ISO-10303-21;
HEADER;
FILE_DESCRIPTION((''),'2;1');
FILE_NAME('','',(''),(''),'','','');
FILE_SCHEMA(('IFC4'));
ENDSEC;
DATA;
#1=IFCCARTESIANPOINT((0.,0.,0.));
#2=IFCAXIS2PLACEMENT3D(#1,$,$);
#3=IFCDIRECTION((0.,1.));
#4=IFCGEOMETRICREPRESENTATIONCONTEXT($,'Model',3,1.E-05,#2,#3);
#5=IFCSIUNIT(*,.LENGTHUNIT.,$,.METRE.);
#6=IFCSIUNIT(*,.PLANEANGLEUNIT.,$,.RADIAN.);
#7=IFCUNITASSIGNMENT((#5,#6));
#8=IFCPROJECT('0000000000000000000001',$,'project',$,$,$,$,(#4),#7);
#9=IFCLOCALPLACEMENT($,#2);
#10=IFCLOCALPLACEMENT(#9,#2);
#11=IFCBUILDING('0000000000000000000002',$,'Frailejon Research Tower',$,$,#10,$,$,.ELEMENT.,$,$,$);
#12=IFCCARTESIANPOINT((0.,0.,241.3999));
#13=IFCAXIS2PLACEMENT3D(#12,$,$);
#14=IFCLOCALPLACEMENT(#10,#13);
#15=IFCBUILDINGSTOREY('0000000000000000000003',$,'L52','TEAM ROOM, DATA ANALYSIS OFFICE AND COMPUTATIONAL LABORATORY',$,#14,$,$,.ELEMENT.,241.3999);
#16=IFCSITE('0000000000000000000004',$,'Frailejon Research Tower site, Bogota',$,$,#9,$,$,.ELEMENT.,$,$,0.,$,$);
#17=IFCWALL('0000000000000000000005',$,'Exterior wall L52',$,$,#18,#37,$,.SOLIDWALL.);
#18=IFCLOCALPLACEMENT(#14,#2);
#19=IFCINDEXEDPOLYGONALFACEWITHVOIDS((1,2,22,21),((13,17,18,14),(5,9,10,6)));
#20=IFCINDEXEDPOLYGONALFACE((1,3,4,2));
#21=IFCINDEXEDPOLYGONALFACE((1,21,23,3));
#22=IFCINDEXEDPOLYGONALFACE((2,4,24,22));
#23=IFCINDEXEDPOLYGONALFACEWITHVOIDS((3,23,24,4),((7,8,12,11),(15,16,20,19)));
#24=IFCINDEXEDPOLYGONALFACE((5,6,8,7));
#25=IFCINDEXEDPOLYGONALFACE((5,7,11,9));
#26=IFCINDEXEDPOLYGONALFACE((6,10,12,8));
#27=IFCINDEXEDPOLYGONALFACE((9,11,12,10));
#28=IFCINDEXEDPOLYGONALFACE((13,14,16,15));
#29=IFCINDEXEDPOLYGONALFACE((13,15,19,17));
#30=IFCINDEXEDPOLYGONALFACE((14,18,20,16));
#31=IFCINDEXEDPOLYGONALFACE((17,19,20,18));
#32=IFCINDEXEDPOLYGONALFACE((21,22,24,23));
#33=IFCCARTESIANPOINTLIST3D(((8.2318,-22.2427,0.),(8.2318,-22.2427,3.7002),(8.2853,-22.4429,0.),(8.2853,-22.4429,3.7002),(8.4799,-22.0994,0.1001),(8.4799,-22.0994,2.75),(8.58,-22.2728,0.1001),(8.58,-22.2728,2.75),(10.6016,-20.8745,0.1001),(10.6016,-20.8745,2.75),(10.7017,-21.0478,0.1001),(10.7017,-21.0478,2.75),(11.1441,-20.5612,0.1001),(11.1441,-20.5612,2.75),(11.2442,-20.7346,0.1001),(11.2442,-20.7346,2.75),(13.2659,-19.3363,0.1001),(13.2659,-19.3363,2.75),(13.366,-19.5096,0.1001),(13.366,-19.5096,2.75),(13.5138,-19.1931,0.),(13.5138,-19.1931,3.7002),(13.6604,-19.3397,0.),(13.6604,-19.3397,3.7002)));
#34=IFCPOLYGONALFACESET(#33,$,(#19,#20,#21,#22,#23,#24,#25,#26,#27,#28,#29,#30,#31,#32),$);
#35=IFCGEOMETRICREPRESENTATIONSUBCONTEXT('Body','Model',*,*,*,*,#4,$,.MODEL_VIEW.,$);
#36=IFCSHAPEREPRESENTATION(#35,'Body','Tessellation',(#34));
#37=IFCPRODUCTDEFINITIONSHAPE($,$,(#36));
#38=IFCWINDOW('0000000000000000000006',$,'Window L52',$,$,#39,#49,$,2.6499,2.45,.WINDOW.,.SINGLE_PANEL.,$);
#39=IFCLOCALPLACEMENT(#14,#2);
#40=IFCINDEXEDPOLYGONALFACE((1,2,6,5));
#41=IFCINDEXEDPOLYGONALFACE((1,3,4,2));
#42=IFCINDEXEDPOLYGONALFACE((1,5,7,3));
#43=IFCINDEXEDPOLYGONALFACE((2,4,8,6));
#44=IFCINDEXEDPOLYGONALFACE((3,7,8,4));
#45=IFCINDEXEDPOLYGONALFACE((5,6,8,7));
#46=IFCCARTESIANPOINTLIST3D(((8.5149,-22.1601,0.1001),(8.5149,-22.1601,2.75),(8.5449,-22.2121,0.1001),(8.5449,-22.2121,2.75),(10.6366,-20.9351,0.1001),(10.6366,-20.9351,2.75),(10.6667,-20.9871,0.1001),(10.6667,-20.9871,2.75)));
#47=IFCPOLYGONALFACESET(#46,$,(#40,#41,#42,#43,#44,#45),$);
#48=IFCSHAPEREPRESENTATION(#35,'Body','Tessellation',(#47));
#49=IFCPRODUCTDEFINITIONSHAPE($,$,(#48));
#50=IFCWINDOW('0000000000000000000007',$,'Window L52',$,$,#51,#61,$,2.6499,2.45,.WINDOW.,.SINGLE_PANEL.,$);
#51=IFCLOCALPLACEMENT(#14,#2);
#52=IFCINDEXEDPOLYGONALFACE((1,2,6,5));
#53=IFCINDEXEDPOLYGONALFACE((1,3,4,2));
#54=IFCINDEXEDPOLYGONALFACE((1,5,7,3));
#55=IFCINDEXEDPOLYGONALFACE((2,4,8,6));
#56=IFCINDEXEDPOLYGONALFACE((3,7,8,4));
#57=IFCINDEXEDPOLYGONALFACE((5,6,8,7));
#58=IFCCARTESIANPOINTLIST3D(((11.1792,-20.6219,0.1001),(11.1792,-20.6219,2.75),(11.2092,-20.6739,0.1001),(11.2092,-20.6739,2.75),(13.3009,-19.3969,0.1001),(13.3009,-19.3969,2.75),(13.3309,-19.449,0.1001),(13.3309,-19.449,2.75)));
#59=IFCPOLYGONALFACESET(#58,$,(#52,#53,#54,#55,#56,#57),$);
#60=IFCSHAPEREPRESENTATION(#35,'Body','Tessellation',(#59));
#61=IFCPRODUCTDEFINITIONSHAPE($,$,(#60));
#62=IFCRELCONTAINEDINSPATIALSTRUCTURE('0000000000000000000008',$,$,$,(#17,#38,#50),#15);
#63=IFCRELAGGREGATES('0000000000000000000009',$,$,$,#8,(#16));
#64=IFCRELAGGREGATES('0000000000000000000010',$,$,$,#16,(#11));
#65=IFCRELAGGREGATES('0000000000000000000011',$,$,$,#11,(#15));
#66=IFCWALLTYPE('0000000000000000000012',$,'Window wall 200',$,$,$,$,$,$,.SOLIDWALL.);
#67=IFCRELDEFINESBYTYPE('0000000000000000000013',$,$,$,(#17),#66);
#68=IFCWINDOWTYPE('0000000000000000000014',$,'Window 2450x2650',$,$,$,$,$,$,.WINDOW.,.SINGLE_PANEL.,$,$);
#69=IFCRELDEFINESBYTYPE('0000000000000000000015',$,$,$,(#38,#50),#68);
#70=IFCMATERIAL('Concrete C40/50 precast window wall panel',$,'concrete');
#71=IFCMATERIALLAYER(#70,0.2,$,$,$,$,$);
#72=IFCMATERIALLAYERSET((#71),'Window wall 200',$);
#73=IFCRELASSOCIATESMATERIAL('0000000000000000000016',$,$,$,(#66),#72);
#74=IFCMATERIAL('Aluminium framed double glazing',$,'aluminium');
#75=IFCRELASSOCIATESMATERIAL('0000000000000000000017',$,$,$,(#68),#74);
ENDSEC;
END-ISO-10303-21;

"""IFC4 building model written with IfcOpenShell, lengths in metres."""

from ifc_helpers import new_model, si_unit, direction, frame, frame_2d, origin, place, context, subcontext, project, spatial, polyline, rectangle, outline, extrude, material, layer, layer_set, type_object, element, fill, save


model = new_model("IFC4")

# Units and contexts
model_context = context("Model", 3, precision=1e-05, world=origin(), true_north=direction((0.0, 1.0)))
body_context = subcontext(model_context, "Body", "Model", "MODEL_VIEW")
ifc_project = project(units=[si_unit("LENGTHUNIT", "METRE"), si_unit("PLANEANGLEUNIT", "RADIAN")], contexts=[model_context])

# Site, building, storey
site_placement = place(None, origin())
site = spatial("IfcSite", under=ifc_project, at=site_placement, Name="Frailejon Research Tower site, Bogota", CompositionType="ELEMENT", RefElevation=0.0)
building_placement = place(site_placement, origin())
building = spatial("IfcBuilding", under=site, at=building_placement, Name="Frailejon Research Tower", CompositionType="ELEMENT")
storey_placement = place(building_placement, frame((0.0, 0.0, 241.3999)))
storey = spatial("IfcBuildingStorey", under=building, at=storey_placement, Name="L52", Description="TEAM ROOM, DATA ANALYSIS OFFICE AND COMPUTATIONAL LABORATORY", CompositionType="ELEMENT", Elevation=241.3999)

# Wall, openings, windows
ifc_material_1 = material(Name="Concrete C40/50 precast window wall panel", Category="concrete")
ifc_layer_1 = layer(ifc_material_1, 0.2)
ifc_layer_set_1 = layer_set([ifc_layer_1], Name="Window wall 200")
wall_type_1 = type_object("IfcWallType", Name="Window wall 200", PredefinedType="SOLIDWALL", material=ifc_layer_set_1)
wall_1_placement = place(storey_placement, frame((8.2585, -22.3428, 0.0), z_axis=(0.0, 0.0, 1.0), x_axis=(0.86603, 0.499993, 0.0)))
wall_1 = element("IfcWall", 1, at=wall_1_placement, inside=storey, type_object=wall_type_1, Name="Exterior wall L52", PredefinedType="SOLIDWALL", context=body_context, shape_type="SweptSolid", body=[
    extrude(outline(polyline([(-0.0269, -0.1001), (1.0076, -0.1001), (2.042, -0.1001), (3.0764, -0.1001), (4.1108, -0.1001), (5.1453, -0.1001), (6.1797, -0.1001), (6.126, 0.1001), (5.1094, 0.1001), (4.093, 0.1001), (3.0764, 0.1001), (2.0598, 0.1001), (1.0435, 0.1001), (0.0269, 0.1001), (-0.0269, -0.1001)])), origin(), (0.0, 0.0, 1.0), 3.7002),
])
opening_1_placement = place(wall_1_placement, frame((0.3132, 0.0, 0.1001)))
opening_1 = element("IfcOpeningElement", 2, at=opening_1_placement, cuts=wall_1, PredefinedType="OPENING", context=body_context, shape_type="SweptSolid", body=[
    extrude(rectangle(XDim=2.45, YDim=2.6499, at=frame_2d((1.2251, 1.325))), frame((0.0, 0.1099, 0.0), z_axis=(0.0, -1.0, 0.0), x_axis=(1.0, 0.0, 0.0)), (0.0, 0.0, 1.0), 0.22),
])
opening_2_placement = place(wall_1_placement, frame((3.3896, 0.0, 0.1001)))
opening_2 = element("IfcOpeningElement", 3, at=opening_2_placement, cuts=wall_1, PredefinedType="OPENING", context=body_context, shape_type="SweptSolid", body=[
    extrude(rectangle(XDim=2.45, YDim=2.6499, at=frame_2d((1.2251, 1.325))), frame((0.0, 0.1099, 0.0), z_axis=(0.0, -1.0, 0.0), x_axis=(1.0, 0.0, 0.0)), (0.0, 0.0, 1.0), 0.22),
])
ifc_material_2 = material(Name="Aluminium framed double glazing", Category="aluminium")
window_type = type_object("IfcWindowType", Name="Window 2450x2650", PartitioningType="SINGLE_PANEL", PredefinedType="WINDOW", material=ifc_material_2)
window_1_placement = place(opening_1_placement, origin())
window_1 = element("IfcWindow", 4, at=window_1_placement, inside=storey, type_object=window_type, Name="Window L52", OverallHeight=2.6499, OverallWidth=2.45, PartitioningType="SINGLE_PANEL", PredefinedType="WINDOW", context=body_context, shape_type="SweptSolid", body=[
    extrude(rectangle(XDim=2.45, YDim=2.6499, at=frame_2d((1.2251, 1.325))), frame((0.0, 0.03, 0.0), z_axis=(0.0, -1.0, 0.0), x_axis=(1.0, 0.0, 0.0)), (0.0, 0.0, 1.0), 0.0601),
])
fill(opening_1, window_1)
window_2_placement = place(opening_2_placement, origin())
window_2 = element("IfcWindow", 5, at=window_2_placement, inside=storey, type_object=window_type, Name="Window L52", OverallHeight=2.6499, OverallWidth=2.45, PartitioningType="SINGLE_PANEL", PredefinedType="WINDOW", context=body_context, shape_type="SweptSolid", body=[
    extrude(rectangle(XDim=2.45, YDim=2.6499, at=frame_2d((1.2251, 1.325))), frame((0.0, 0.03, 0.0), z_axis=(0.0, -1.0, 0.0), x_axis=(1.0, 0.0, 0.0)), (0.0, 0.0, 1.0), 0.0601),
])
fill(opening_2, window_2)

save(model, "model.ifc")
